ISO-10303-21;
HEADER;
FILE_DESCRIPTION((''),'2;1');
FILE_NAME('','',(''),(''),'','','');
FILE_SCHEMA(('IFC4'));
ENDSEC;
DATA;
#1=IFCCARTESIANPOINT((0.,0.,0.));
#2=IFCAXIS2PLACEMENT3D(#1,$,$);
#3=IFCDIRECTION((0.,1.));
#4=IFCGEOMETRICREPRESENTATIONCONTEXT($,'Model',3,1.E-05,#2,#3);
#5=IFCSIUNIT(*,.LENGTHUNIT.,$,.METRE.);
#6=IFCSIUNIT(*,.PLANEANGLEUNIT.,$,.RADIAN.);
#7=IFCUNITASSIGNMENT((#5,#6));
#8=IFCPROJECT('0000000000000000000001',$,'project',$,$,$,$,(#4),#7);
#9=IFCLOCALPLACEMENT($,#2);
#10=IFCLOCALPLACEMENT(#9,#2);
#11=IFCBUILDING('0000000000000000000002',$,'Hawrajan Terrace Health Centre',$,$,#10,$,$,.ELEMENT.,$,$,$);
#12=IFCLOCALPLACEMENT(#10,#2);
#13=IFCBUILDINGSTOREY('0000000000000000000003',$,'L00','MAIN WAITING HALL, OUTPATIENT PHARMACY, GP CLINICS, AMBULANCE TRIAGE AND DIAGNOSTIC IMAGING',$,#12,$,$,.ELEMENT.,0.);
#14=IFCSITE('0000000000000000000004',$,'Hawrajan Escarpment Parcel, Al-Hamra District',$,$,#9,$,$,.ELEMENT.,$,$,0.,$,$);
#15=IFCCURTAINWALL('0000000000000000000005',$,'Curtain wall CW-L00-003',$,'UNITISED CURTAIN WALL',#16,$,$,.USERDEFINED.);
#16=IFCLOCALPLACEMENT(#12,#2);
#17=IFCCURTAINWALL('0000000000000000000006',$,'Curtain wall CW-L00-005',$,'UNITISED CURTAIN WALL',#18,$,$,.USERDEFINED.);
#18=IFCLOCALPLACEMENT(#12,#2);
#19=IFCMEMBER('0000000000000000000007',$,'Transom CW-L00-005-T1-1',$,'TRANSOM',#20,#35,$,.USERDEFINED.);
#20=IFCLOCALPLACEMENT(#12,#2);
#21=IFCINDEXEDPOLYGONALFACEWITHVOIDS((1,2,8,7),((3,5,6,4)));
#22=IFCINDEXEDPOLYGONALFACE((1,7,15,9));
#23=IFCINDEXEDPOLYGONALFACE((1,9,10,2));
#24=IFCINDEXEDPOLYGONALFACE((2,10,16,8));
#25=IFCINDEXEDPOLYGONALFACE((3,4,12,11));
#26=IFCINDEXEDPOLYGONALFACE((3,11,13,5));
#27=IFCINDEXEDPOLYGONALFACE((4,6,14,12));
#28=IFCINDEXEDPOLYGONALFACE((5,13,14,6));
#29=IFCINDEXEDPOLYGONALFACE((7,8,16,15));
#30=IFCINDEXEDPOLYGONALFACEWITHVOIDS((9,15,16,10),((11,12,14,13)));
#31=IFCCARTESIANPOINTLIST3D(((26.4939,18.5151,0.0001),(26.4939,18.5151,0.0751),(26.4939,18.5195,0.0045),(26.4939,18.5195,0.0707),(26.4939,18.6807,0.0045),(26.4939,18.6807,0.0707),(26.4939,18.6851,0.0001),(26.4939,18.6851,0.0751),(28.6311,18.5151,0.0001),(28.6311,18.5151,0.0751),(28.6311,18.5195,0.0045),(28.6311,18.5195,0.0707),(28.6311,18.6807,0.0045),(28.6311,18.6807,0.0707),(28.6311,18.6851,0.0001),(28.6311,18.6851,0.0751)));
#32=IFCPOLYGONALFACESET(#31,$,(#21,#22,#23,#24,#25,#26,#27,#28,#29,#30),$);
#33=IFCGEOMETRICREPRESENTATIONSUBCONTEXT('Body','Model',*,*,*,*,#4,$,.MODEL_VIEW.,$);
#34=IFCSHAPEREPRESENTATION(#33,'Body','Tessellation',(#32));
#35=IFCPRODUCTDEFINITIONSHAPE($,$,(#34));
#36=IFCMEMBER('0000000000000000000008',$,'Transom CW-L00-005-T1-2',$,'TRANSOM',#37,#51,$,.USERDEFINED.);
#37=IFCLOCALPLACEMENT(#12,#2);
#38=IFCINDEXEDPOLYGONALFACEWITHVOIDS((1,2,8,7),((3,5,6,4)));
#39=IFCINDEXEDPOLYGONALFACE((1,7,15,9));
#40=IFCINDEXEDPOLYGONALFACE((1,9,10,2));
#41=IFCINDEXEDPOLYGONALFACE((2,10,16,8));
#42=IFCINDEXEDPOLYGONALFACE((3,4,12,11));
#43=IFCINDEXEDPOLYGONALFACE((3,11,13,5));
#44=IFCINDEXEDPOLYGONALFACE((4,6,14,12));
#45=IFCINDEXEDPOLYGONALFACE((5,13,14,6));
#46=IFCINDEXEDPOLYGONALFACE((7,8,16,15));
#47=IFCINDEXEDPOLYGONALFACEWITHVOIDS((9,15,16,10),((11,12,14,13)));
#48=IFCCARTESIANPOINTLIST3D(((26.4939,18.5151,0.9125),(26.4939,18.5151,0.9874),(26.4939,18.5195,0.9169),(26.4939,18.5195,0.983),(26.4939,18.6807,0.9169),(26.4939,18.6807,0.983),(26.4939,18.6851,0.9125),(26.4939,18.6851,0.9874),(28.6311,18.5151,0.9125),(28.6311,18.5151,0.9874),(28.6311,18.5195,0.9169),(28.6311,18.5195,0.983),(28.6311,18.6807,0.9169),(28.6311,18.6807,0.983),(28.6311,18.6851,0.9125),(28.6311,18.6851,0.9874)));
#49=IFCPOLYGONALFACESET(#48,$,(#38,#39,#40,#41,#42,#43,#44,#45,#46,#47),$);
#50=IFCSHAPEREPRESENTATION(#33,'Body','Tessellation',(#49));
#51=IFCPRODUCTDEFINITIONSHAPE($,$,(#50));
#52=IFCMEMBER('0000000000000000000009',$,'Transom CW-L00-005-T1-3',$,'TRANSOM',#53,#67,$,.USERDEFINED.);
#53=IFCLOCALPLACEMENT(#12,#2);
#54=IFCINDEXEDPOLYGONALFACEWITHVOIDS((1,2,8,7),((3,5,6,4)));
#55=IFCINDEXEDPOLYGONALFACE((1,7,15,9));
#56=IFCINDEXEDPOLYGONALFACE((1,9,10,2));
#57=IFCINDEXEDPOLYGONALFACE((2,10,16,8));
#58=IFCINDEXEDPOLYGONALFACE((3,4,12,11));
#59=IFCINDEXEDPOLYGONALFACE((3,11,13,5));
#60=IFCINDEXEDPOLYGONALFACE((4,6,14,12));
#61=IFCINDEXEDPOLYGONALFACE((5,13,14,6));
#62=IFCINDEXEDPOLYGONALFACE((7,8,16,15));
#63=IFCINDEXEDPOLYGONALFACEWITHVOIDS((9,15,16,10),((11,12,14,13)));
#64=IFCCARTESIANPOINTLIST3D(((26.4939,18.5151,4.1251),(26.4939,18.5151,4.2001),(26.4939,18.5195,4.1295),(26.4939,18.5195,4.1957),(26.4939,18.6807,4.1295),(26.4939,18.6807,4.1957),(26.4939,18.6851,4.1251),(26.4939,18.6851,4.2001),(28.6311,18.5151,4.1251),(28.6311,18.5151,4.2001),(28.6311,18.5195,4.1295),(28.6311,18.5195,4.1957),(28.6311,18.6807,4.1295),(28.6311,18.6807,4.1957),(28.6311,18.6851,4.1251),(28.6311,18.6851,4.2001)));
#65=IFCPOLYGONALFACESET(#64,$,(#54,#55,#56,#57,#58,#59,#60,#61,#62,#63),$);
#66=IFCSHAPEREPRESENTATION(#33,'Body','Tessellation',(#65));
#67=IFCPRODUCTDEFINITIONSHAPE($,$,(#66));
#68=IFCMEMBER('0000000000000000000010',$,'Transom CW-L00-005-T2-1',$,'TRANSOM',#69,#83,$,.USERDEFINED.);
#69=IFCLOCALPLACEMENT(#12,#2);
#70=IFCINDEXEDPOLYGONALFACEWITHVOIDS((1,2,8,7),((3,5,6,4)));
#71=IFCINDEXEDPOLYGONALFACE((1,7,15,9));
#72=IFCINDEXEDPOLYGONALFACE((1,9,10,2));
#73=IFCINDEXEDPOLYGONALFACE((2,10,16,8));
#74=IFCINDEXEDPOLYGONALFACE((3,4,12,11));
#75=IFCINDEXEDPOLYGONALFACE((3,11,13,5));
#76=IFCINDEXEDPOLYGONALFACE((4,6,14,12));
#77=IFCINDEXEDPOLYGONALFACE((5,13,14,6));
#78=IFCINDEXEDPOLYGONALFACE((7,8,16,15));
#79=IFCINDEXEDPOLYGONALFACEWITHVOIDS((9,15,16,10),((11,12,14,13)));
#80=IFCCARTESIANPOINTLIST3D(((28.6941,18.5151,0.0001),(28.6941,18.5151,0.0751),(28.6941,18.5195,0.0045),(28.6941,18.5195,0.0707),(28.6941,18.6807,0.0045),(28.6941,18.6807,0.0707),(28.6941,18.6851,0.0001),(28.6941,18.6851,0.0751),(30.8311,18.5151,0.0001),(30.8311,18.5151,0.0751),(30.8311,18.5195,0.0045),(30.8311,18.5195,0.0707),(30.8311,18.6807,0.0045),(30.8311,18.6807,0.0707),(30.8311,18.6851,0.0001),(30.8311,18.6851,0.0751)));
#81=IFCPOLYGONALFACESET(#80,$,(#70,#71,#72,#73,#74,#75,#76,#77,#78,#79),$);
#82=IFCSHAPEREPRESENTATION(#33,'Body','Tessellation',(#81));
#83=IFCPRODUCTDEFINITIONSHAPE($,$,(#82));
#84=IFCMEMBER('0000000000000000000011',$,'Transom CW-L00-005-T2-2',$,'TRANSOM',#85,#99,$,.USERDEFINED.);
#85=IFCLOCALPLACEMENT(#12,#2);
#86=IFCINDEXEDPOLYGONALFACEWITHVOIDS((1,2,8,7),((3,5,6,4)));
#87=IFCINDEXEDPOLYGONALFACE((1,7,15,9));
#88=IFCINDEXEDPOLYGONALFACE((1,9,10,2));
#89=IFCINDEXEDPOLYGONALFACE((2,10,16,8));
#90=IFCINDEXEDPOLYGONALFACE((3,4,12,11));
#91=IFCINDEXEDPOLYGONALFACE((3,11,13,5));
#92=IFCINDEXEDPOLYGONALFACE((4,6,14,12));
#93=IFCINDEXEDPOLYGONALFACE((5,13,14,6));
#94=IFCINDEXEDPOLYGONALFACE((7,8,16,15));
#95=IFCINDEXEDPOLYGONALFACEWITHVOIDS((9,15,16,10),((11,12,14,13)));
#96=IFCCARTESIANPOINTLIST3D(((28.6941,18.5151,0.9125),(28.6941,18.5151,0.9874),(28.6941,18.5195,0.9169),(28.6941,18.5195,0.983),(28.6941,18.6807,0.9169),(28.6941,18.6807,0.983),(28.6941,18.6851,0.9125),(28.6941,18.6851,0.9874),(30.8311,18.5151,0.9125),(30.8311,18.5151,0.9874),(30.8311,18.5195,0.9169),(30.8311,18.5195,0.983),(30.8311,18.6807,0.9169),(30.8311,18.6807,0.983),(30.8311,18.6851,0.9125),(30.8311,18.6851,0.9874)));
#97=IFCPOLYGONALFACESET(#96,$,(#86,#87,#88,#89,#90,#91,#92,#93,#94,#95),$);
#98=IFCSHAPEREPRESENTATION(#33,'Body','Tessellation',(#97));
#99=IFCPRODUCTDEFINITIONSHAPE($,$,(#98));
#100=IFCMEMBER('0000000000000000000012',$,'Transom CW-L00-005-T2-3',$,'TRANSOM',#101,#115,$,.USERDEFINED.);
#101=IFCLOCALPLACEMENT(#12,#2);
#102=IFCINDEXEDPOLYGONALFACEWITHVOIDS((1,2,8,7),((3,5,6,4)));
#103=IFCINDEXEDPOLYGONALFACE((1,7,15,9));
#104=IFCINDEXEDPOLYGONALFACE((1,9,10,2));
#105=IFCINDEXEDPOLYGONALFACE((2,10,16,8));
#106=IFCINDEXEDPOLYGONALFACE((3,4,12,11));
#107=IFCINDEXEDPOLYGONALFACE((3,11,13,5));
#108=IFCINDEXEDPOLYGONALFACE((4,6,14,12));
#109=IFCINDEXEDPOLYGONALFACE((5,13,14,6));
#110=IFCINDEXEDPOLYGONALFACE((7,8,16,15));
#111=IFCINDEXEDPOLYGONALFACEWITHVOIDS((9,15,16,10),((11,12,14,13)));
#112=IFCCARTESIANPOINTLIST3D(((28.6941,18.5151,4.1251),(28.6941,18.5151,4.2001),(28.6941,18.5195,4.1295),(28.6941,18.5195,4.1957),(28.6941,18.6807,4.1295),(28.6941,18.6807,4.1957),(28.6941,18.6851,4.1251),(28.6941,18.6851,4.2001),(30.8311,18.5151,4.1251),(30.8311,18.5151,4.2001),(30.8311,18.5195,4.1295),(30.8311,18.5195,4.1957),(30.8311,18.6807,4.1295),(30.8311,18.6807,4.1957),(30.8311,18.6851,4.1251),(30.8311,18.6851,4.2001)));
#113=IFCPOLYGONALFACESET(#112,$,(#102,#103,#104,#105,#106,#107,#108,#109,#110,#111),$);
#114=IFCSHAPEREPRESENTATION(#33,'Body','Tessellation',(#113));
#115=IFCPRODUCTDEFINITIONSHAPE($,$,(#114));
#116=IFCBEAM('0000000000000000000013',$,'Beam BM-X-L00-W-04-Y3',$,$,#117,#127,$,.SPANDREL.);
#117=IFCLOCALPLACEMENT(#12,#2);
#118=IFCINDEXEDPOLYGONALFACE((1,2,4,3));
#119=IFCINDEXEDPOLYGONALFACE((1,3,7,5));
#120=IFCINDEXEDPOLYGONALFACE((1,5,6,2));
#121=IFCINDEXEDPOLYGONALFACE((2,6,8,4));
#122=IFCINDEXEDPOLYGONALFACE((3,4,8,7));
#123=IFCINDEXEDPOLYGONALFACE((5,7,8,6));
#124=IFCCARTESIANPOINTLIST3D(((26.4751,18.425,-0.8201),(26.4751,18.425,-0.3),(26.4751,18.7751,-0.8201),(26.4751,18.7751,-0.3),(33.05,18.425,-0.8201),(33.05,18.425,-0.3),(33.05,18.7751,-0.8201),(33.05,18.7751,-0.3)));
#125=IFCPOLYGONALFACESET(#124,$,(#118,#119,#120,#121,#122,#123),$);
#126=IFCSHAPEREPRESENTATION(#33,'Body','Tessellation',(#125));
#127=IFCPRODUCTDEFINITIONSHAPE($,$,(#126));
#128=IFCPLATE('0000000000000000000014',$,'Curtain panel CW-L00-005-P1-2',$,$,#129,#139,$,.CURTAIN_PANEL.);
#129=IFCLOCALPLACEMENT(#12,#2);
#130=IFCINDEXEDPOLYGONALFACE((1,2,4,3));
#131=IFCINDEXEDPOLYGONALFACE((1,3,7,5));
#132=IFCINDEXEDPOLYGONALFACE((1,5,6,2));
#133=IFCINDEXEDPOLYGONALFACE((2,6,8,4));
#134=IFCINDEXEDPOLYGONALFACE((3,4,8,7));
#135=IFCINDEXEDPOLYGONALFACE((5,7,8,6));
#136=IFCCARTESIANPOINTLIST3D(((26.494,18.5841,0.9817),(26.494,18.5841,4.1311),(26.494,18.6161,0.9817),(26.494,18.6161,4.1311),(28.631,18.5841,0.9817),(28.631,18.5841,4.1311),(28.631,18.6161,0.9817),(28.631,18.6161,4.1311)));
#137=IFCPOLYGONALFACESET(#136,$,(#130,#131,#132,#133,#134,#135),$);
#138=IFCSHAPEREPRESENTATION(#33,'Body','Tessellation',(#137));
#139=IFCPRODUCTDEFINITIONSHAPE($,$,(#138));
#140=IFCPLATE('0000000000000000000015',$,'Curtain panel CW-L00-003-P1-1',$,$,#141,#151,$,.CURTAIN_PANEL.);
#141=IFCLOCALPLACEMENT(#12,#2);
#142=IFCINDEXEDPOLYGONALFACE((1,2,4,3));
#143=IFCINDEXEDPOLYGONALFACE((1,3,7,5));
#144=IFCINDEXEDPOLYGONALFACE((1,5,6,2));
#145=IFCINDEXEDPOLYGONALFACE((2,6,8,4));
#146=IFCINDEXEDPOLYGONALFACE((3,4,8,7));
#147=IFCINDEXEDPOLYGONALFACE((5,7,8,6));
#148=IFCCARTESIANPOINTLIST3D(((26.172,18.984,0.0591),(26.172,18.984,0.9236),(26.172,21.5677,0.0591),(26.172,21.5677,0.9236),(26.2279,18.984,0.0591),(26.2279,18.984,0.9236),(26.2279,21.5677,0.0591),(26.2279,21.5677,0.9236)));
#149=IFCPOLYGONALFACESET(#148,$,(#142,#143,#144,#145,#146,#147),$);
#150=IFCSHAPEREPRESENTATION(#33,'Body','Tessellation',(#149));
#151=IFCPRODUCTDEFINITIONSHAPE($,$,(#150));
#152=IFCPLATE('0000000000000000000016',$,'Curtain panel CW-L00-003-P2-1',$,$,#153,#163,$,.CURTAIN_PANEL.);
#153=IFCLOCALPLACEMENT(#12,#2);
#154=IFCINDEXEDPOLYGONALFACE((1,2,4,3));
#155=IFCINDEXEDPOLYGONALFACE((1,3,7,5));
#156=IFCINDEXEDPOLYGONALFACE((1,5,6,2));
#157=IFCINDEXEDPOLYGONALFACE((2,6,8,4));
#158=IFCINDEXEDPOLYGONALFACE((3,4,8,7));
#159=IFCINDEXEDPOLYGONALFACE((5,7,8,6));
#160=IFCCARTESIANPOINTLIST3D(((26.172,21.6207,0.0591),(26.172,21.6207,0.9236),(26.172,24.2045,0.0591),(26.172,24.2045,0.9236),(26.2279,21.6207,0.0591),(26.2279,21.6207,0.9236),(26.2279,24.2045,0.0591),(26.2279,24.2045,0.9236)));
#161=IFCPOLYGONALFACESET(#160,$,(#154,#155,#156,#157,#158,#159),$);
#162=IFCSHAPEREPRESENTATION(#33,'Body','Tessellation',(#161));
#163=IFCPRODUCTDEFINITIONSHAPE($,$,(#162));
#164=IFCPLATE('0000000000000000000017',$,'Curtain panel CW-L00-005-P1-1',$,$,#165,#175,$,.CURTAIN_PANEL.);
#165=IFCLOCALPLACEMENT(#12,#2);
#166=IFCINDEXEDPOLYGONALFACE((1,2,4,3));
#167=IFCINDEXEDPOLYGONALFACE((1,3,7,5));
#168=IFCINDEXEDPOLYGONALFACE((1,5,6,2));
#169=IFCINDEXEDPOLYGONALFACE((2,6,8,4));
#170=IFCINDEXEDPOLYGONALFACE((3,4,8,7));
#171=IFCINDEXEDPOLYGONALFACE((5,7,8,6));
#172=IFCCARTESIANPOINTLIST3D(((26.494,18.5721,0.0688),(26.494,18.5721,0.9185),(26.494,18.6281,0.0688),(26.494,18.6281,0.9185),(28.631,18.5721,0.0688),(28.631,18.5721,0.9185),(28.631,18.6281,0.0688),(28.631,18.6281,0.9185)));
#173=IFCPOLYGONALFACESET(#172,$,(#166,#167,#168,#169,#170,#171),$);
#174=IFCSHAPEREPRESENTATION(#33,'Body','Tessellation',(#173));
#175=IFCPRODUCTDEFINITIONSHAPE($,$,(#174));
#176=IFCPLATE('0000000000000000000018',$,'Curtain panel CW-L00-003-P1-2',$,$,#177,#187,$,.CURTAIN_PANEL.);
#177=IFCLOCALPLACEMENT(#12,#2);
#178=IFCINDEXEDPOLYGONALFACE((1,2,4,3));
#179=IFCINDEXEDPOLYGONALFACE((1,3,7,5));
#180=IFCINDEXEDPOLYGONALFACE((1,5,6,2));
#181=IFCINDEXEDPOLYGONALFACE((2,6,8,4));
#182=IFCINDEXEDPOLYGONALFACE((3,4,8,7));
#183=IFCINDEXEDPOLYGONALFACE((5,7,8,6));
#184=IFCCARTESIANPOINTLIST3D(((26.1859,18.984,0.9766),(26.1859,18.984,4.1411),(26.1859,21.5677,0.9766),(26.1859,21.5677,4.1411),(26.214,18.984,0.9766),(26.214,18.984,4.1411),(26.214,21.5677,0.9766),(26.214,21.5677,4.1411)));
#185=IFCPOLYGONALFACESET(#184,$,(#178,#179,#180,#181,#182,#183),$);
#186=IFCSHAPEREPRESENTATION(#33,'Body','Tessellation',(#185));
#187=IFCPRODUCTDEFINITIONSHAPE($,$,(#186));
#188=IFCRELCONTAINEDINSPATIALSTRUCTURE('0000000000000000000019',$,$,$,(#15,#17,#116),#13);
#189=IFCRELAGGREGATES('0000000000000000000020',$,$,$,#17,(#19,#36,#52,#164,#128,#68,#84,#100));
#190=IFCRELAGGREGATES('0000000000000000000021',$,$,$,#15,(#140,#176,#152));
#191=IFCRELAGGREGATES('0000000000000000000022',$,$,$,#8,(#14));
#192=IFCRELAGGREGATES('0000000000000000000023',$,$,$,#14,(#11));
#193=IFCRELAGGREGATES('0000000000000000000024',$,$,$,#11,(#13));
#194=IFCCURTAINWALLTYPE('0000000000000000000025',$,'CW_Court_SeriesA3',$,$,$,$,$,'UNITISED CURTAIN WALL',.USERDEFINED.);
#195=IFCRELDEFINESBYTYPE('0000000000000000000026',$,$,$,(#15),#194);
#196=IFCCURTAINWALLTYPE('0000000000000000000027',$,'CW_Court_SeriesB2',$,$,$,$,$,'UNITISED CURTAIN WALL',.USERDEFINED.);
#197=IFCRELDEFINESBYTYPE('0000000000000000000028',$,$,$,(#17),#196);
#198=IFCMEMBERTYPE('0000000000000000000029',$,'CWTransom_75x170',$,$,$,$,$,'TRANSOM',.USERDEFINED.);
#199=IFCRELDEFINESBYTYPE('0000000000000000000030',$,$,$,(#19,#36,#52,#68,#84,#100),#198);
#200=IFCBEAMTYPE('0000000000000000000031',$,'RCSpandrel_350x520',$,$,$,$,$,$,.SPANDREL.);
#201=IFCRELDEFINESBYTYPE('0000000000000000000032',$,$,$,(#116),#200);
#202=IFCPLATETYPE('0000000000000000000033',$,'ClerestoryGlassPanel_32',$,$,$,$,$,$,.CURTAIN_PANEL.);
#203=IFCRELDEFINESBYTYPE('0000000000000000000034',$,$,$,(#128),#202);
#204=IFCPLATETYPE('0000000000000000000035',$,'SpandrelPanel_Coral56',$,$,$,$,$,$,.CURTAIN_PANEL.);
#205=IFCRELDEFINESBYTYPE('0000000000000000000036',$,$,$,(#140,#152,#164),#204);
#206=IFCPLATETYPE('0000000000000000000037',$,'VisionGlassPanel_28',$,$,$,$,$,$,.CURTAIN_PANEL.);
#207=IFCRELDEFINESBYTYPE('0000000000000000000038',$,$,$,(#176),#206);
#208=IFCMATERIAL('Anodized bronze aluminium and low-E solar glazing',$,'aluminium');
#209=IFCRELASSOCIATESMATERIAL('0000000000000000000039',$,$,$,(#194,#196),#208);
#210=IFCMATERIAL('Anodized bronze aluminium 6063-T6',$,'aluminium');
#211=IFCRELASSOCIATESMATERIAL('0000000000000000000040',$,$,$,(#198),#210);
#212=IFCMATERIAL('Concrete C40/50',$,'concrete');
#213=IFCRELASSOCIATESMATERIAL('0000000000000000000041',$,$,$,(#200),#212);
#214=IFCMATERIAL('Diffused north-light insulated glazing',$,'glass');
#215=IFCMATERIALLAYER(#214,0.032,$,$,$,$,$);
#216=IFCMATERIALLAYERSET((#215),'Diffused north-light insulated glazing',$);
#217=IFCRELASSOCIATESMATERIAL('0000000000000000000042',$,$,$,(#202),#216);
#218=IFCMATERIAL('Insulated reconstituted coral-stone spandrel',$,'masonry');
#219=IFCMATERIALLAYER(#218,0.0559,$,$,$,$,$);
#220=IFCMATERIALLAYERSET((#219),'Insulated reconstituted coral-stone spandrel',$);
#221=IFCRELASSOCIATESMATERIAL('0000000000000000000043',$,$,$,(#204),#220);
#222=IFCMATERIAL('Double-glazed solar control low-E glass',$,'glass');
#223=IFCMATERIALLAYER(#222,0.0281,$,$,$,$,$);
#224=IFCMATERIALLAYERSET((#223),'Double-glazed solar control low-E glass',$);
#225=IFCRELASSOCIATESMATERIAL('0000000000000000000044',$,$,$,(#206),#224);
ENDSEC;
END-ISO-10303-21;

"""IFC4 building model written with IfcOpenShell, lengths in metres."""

from ifc_helpers import new_model, si_unit, direction, frame, origin, origin_2d, place, context, subcontext, project, spatial, rectangle, hollow_rectangle, extrude, material, layer, layer_set, material_profile, profile_set, type_object, element, aggregate, save


model = new_model("IFC4")

# Units and contexts
model_context = context("Model", 3, precision=1e-05, world=origin(), true_north=direction((0.0, 1.0)))
body_context = subcontext(model_context, "Body", "Model", "MODEL_VIEW")
ifc_project = project(units=[si_unit("LENGTHUNIT", "METRE"), si_unit("PLANEANGLEUNIT", "RADIAN")], contexts=[model_context])

# Site, building, storey
site_placement = place(None, origin())
site = spatial("IfcSite", under=ifc_project, at=site_placement, Name="Hawrajan Escarpment Parcel, Al-Hamra District", CompositionType="ELEMENT", RefElevation=0.0)
building_placement = place(site_placement, origin())
building = spatial("IfcBuilding", under=site, at=building_placement, Name="Hawrajan Terrace Health Centre", CompositionType="ELEMENT")
storey_placement = place(building_placement, origin())
storey = spatial("IfcBuildingStorey", under=building, at=storey_placement, Name="L00", Description="MAIN WAITING HALL, OUTPATIENT PHARMACY, GP CLINICS, AMBULANCE TRIAGE AND DIAGNOSTIC IMAGING", CompositionType="ELEMENT", Elevation=0.0)

# Curtain walls
ifc_material_1 = material(Name="Anodized bronze aluminium and low-E solar glazing", Category="aluminium")
curtain_wall_type_1 = type_object("IfcCurtainWallType", Name="CW_Court_SeriesA3", ElementType="UNITISED CURTAIN WALL", PredefinedType="USERDEFINED", material=ifc_material_1)
curtain_wall_1_placement = place(storey_placement, origin())
curtain_wall_1 = element("IfcCurtainWall", 1, at=curtain_wall_1_placement, inside=storey, type_object=curtain_wall_type_1, Name="Curtain wall CW-L00-003", ObjectType="UNITISED CURTAIN WALL", PredefinedType="USERDEFINED")
ifc_material_2 = material(Name="Anodized bronze aluminium 6063-T6", Category="aluminium")
curtain_wall_type_2 = type_object("IfcCurtainWallType", Name="CW_Court_SeriesB2", ElementType="UNITISED CURTAIN WALL", PredefinedType="USERDEFINED", material=ifc_material_1)
curtain_wall_2_placement = place(storey_placement, origin())
curtain_wall_2 = element("IfcCurtainWall", 2, at=curtain_wall_2_placement, inside=storey, type_object=curtain_wall_type_2, Name="Curtain wall CW-L00-005", ObjectType="UNITISED CURTAIN WALL", PredefinedType="USERDEFINED")

# Members
ifc_material_profile_1 = material_profile(ifc_material_2, hollow_rectangle(XDim=0.075, YDim=0.1699, WallThickness=0.0044, at=origin_2d()), Name="CW TRN 75x170")
ifc_profile_set_1 = profile_set([ifc_material_profile_1], Name="Anodized bronze aluminium 6063-T6")
member_type_1 = type_object("IfcMemberType", Name="CWTransom_75x170", ElementType="TRANSOM", PredefinedType="USERDEFINED", material=ifc_profile_set_1)
member_1_placement = place(storey_placement, frame((26.4939, 18.6001, 0.0376), z_axis=(1.0, 0.0, 0.0), x_axis=(0.0, 0.0, 1.0)))
member_1 = element("IfcMember", 3, at=member_1_placement, type_object=member_type_1, Name="Transom CW-L00-005-T1-1", ObjectType="TRANSOM", PredefinedType="USERDEFINED", context=body_context, shape_type="SweptSolid", body=[
    extrude(hollow_rectangle(XDim=0.075, YDim=0.1699, WallThickness=0.0044, at=origin_2d()), origin(), (0.0, 0.0, 1.0), 2.1372),
])
member_2_placement = place(storey_placement, frame((26.4939, 18.6001, 0.95), z_axis=(1.0, 0.0, 0.0), x_axis=(0.0, 0.0, 1.0)))
member_2 = element("IfcMember", 4, at=member_2_placement, type_object=member_type_1, Name="Transom CW-L00-005-T1-2", ObjectType="TRANSOM", PredefinedType="USERDEFINED", context=body_context, shape_type="SweptSolid", body=[
    extrude(hollow_rectangle(XDim=0.075, YDim=0.1699, WallThickness=0.0044, at=origin_2d()), origin(), (0.0, 0.0, 1.0), 2.1372),
])
member_3_placement = place(storey_placement, frame((26.4939, 18.6001, 4.1626), z_axis=(1.0, 0.0, 0.0), x_axis=(0.0, 0.0, 1.0)))
member_3 = element("IfcMember", 5, at=member_3_placement, type_object=member_type_1, Name="Transom CW-L00-005-T1-3", ObjectType="TRANSOM", PredefinedType="USERDEFINED", context=body_context, shape_type="SweptSolid", body=[
    extrude(hollow_rectangle(XDim=0.075, YDim=0.1699, WallThickness=0.0044, at=origin_2d()), origin(), (0.0, 0.0, 1.0), 2.1372),
])
member_4_placement = place(storey_placement, frame((28.6941, 18.6001, 0.0376), z_axis=(1.0, 0.0, 0.0), x_axis=(0.0, 0.0, 1.0)))
member_4 = element("IfcMember", 6, at=member_4_placement, type_object=member_type_1, Name="Transom CW-L00-005-T2-1", ObjectType="TRANSOM", PredefinedType="USERDEFINED", context=body_context, shape_type="SweptSolid", body=[
    extrude(hollow_rectangle(XDim=0.075, YDim=0.1699, WallThickness=0.0044, at=origin_2d()), origin(), (0.0, 0.0, 1.0), 2.137),
])
member_5_placement = place(storey_placement, frame((28.6941, 18.6001, 0.95), z_axis=(1.0, 0.0, 0.0), x_axis=(0.0, 0.0, 1.0)))
member_5 = element("IfcMember", 7, at=member_5_placement, type_object=member_type_1, Name="Transom CW-L00-005-T2-2", ObjectType="TRANSOM", PredefinedType="USERDEFINED", context=body_context, shape_type="SweptSolid", body=[
    extrude(hollow_rectangle(XDim=0.075, YDim=0.1699, WallThickness=0.0044, at=origin_2d()), origin(), (0.0, 0.0, 1.0), 2.137),
])
member_6_placement = place(storey_placement, frame((28.6941, 18.6001, 4.1626), z_axis=(1.0, 0.0, 0.0), x_axis=(0.0, 0.0, 1.0)))
member_6 = element("IfcMember", 8, at=member_6_placement, type_object=member_type_1, Name="Transom CW-L00-005-T2-3", ObjectType="TRANSOM", PredefinedType="USERDEFINED", context=body_context, shape_type="SweptSolid", body=[
    extrude(hollow_rectangle(XDim=0.075, YDim=0.1699, WallThickness=0.0044, at=origin_2d()), origin(), (0.0, 0.0, 1.0), 2.137),
])

# Beam
ifc_material_3 = material(Name="Concrete C40/50", Category="concrete")
ifc_material_profile_2 = material_profile(ifc_material_3, rectangle(XDim=0.3501, YDim=0.52, at=origin_2d()), Name="RC SP 350x520")
ifc_profile_set_2 = profile_set([ifc_material_profile_2], Name="Concrete C40/50")
beam_type = type_object("IfcBeamType", Name="RCSpandrel_350x520", PredefinedType="SPANDREL", material=ifc_profile_set_2)
beam_placement = place(storey_placement, frame((26.4751, 18.6001, -0.5601), z_axis=(1.0, 0.0, 0.0), x_axis=(0.0, 1.0, 0.0)))
element("IfcBeam", 9, at=beam_placement, inside=storey, type_object=beam_type, Name="Beam BM-X-L00-W-04-Y3", PredefinedType="SPANDREL", context=body_context, shape_type="SweptSolid", body=[
    extrude(rectangle(XDim=0.3501, YDim=0.52, at=origin_2d()), origin(), (0.0, 0.0, 1.0), 6.575),
])

# Plates
ifc_material_4 = material(Name="Diffused north-light insulated glazing", Category="glass")
ifc_layer_1 = layer(ifc_material_4, 0.032)
ifc_layer_set_1 = layer_set([ifc_layer_1], Name="Diffused north-light insulated glazing")
plate_type_1 = type_object("IfcPlateType", Name="ClerestoryGlassPanel_32", PredefinedType="CURTAIN_PANEL", material=ifc_layer_set_1)
plate_1_placement = place(storey_placement, frame((27.5625, 18.6001, 0.9817), z_axis=(0.0, 0.0, 1.0), x_axis=(1.0, 0.0, 0.0)))
plate_1 = element("IfcPlate", 10, at=plate_1_placement, type_object=plate_type_1, Name="Curtain panel CW-L00-005-P1-2", PredefinedType="CURTAIN_PANEL", context=body_context, shape_type="SweptSolid", body=[
    extrude(rectangle(XDim=2.137, YDim=0.032, at=origin_2d()), origin(), (0.0, 0.0, 1.0), 3.1494),
])
ifc_material_5 = material(Name="Insulated reconstituted coral-stone spandrel", Category="masonry")
ifc_layer_2 = layer(ifc_material_5, 0.0559)
ifc_layer_set_2 = layer_set([ifc_layer_2], Name="Insulated reconstituted coral-stone spandrel")
plate_type_2 = type_object("IfcPlateType", Name="SpandrelPanel_Coral56", PredefinedType="CURTAIN_PANEL", material=ifc_layer_set_2)
plate_2_placement = place(storey_placement, frame((26.2, 20.2759, 0.0591), z_axis=(0.0, 0.0, 1.0), x_axis=(0.0, 1.0, 0.0)))
plate_2 = element("IfcPlate", 11, at=plate_2_placement, type_object=plate_type_2, Name="Curtain panel CW-L00-003-P1-1", PredefinedType="CURTAIN_PANEL", context=body_context, shape_type="SweptSolid", body=[
    extrude(rectangle(XDim=2.5837, YDim=0.0559, at=origin_2d()), origin(), (0.0, 0.0, 1.0), 0.8645),
])
plate_3_placement = place(storey_placement, frame((26.2, 22.9126, 0.0591), z_axis=(0.0, 0.0, 1.0), x_axis=(0.0, 1.0, 0.0)))
plate_3 = element("IfcPlate", 12, at=plate_3_placement, type_object=plate_type_2, Name="Curtain panel CW-L00-003-P2-1", PredefinedType="CURTAIN_PANEL", context=body_context, shape_type="SweptSolid", body=[
    extrude(rectangle(XDim=2.5837, YDim=0.0559, at=origin_2d()), origin(), (0.0, 0.0, 1.0), 0.8645),
])
plate_4_placement = place(storey_placement, frame((27.5625, 18.6001, 0.0688), z_axis=(0.0, 0.0, 1.0), x_axis=(1.0, 0.0, 0.0)))
plate_4 = element("IfcPlate", 13, at=plate_4_placement, type_object=plate_type_2, Name="Curtain panel CW-L00-005-P1-1", PredefinedType="CURTAIN_PANEL", context=body_context, shape_type="SweptSolid", body=[
    extrude(rectangle(XDim=2.137, YDim=0.0559, at=origin_2d()), origin(), (0.0, 0.0, 1.0), 0.8496),
])
aggregate(curtain_wall_2, [member_1, member_2, member_3, plate_4, plate_1, member_4, member_5, member_6])
ifc_material_6 = material(Name="Double-glazed solar control low-E glass", Category="glass")
ifc_layer_3 = layer(ifc_material_6, 0.0281)
ifc_layer_set_3 = layer_set([ifc_layer_3], Name="Double-glazed solar control low-E glass")
plate_type_3 = type_object("IfcPlateType", Name="VisionGlassPanel_28", PredefinedType="CURTAIN_PANEL", material=ifc_layer_set_3)
plate_5_placement = place(storey_placement, frame((26.2, 20.2759, 0.9766), z_axis=(0.0, 0.0, 1.0), x_axis=(0.0, 1.0, 0.0)))
plate_5 = element("IfcPlate", 14, at=plate_5_placement, type_object=plate_type_3, Name="Curtain panel CW-L00-003-P1-2", PredefinedType="CURTAIN_PANEL", context=body_context, shape_type="SweptSolid", body=[
    extrude(rectangle(XDim=2.5837, YDim=0.0281, at=origin_2d()), origin(), (0.0, 0.0, 1.0), 3.1646),
])
aggregate(curtain_wall_1, [plate_2, plate_5, plate_3])

save(model, "model.ifc")
